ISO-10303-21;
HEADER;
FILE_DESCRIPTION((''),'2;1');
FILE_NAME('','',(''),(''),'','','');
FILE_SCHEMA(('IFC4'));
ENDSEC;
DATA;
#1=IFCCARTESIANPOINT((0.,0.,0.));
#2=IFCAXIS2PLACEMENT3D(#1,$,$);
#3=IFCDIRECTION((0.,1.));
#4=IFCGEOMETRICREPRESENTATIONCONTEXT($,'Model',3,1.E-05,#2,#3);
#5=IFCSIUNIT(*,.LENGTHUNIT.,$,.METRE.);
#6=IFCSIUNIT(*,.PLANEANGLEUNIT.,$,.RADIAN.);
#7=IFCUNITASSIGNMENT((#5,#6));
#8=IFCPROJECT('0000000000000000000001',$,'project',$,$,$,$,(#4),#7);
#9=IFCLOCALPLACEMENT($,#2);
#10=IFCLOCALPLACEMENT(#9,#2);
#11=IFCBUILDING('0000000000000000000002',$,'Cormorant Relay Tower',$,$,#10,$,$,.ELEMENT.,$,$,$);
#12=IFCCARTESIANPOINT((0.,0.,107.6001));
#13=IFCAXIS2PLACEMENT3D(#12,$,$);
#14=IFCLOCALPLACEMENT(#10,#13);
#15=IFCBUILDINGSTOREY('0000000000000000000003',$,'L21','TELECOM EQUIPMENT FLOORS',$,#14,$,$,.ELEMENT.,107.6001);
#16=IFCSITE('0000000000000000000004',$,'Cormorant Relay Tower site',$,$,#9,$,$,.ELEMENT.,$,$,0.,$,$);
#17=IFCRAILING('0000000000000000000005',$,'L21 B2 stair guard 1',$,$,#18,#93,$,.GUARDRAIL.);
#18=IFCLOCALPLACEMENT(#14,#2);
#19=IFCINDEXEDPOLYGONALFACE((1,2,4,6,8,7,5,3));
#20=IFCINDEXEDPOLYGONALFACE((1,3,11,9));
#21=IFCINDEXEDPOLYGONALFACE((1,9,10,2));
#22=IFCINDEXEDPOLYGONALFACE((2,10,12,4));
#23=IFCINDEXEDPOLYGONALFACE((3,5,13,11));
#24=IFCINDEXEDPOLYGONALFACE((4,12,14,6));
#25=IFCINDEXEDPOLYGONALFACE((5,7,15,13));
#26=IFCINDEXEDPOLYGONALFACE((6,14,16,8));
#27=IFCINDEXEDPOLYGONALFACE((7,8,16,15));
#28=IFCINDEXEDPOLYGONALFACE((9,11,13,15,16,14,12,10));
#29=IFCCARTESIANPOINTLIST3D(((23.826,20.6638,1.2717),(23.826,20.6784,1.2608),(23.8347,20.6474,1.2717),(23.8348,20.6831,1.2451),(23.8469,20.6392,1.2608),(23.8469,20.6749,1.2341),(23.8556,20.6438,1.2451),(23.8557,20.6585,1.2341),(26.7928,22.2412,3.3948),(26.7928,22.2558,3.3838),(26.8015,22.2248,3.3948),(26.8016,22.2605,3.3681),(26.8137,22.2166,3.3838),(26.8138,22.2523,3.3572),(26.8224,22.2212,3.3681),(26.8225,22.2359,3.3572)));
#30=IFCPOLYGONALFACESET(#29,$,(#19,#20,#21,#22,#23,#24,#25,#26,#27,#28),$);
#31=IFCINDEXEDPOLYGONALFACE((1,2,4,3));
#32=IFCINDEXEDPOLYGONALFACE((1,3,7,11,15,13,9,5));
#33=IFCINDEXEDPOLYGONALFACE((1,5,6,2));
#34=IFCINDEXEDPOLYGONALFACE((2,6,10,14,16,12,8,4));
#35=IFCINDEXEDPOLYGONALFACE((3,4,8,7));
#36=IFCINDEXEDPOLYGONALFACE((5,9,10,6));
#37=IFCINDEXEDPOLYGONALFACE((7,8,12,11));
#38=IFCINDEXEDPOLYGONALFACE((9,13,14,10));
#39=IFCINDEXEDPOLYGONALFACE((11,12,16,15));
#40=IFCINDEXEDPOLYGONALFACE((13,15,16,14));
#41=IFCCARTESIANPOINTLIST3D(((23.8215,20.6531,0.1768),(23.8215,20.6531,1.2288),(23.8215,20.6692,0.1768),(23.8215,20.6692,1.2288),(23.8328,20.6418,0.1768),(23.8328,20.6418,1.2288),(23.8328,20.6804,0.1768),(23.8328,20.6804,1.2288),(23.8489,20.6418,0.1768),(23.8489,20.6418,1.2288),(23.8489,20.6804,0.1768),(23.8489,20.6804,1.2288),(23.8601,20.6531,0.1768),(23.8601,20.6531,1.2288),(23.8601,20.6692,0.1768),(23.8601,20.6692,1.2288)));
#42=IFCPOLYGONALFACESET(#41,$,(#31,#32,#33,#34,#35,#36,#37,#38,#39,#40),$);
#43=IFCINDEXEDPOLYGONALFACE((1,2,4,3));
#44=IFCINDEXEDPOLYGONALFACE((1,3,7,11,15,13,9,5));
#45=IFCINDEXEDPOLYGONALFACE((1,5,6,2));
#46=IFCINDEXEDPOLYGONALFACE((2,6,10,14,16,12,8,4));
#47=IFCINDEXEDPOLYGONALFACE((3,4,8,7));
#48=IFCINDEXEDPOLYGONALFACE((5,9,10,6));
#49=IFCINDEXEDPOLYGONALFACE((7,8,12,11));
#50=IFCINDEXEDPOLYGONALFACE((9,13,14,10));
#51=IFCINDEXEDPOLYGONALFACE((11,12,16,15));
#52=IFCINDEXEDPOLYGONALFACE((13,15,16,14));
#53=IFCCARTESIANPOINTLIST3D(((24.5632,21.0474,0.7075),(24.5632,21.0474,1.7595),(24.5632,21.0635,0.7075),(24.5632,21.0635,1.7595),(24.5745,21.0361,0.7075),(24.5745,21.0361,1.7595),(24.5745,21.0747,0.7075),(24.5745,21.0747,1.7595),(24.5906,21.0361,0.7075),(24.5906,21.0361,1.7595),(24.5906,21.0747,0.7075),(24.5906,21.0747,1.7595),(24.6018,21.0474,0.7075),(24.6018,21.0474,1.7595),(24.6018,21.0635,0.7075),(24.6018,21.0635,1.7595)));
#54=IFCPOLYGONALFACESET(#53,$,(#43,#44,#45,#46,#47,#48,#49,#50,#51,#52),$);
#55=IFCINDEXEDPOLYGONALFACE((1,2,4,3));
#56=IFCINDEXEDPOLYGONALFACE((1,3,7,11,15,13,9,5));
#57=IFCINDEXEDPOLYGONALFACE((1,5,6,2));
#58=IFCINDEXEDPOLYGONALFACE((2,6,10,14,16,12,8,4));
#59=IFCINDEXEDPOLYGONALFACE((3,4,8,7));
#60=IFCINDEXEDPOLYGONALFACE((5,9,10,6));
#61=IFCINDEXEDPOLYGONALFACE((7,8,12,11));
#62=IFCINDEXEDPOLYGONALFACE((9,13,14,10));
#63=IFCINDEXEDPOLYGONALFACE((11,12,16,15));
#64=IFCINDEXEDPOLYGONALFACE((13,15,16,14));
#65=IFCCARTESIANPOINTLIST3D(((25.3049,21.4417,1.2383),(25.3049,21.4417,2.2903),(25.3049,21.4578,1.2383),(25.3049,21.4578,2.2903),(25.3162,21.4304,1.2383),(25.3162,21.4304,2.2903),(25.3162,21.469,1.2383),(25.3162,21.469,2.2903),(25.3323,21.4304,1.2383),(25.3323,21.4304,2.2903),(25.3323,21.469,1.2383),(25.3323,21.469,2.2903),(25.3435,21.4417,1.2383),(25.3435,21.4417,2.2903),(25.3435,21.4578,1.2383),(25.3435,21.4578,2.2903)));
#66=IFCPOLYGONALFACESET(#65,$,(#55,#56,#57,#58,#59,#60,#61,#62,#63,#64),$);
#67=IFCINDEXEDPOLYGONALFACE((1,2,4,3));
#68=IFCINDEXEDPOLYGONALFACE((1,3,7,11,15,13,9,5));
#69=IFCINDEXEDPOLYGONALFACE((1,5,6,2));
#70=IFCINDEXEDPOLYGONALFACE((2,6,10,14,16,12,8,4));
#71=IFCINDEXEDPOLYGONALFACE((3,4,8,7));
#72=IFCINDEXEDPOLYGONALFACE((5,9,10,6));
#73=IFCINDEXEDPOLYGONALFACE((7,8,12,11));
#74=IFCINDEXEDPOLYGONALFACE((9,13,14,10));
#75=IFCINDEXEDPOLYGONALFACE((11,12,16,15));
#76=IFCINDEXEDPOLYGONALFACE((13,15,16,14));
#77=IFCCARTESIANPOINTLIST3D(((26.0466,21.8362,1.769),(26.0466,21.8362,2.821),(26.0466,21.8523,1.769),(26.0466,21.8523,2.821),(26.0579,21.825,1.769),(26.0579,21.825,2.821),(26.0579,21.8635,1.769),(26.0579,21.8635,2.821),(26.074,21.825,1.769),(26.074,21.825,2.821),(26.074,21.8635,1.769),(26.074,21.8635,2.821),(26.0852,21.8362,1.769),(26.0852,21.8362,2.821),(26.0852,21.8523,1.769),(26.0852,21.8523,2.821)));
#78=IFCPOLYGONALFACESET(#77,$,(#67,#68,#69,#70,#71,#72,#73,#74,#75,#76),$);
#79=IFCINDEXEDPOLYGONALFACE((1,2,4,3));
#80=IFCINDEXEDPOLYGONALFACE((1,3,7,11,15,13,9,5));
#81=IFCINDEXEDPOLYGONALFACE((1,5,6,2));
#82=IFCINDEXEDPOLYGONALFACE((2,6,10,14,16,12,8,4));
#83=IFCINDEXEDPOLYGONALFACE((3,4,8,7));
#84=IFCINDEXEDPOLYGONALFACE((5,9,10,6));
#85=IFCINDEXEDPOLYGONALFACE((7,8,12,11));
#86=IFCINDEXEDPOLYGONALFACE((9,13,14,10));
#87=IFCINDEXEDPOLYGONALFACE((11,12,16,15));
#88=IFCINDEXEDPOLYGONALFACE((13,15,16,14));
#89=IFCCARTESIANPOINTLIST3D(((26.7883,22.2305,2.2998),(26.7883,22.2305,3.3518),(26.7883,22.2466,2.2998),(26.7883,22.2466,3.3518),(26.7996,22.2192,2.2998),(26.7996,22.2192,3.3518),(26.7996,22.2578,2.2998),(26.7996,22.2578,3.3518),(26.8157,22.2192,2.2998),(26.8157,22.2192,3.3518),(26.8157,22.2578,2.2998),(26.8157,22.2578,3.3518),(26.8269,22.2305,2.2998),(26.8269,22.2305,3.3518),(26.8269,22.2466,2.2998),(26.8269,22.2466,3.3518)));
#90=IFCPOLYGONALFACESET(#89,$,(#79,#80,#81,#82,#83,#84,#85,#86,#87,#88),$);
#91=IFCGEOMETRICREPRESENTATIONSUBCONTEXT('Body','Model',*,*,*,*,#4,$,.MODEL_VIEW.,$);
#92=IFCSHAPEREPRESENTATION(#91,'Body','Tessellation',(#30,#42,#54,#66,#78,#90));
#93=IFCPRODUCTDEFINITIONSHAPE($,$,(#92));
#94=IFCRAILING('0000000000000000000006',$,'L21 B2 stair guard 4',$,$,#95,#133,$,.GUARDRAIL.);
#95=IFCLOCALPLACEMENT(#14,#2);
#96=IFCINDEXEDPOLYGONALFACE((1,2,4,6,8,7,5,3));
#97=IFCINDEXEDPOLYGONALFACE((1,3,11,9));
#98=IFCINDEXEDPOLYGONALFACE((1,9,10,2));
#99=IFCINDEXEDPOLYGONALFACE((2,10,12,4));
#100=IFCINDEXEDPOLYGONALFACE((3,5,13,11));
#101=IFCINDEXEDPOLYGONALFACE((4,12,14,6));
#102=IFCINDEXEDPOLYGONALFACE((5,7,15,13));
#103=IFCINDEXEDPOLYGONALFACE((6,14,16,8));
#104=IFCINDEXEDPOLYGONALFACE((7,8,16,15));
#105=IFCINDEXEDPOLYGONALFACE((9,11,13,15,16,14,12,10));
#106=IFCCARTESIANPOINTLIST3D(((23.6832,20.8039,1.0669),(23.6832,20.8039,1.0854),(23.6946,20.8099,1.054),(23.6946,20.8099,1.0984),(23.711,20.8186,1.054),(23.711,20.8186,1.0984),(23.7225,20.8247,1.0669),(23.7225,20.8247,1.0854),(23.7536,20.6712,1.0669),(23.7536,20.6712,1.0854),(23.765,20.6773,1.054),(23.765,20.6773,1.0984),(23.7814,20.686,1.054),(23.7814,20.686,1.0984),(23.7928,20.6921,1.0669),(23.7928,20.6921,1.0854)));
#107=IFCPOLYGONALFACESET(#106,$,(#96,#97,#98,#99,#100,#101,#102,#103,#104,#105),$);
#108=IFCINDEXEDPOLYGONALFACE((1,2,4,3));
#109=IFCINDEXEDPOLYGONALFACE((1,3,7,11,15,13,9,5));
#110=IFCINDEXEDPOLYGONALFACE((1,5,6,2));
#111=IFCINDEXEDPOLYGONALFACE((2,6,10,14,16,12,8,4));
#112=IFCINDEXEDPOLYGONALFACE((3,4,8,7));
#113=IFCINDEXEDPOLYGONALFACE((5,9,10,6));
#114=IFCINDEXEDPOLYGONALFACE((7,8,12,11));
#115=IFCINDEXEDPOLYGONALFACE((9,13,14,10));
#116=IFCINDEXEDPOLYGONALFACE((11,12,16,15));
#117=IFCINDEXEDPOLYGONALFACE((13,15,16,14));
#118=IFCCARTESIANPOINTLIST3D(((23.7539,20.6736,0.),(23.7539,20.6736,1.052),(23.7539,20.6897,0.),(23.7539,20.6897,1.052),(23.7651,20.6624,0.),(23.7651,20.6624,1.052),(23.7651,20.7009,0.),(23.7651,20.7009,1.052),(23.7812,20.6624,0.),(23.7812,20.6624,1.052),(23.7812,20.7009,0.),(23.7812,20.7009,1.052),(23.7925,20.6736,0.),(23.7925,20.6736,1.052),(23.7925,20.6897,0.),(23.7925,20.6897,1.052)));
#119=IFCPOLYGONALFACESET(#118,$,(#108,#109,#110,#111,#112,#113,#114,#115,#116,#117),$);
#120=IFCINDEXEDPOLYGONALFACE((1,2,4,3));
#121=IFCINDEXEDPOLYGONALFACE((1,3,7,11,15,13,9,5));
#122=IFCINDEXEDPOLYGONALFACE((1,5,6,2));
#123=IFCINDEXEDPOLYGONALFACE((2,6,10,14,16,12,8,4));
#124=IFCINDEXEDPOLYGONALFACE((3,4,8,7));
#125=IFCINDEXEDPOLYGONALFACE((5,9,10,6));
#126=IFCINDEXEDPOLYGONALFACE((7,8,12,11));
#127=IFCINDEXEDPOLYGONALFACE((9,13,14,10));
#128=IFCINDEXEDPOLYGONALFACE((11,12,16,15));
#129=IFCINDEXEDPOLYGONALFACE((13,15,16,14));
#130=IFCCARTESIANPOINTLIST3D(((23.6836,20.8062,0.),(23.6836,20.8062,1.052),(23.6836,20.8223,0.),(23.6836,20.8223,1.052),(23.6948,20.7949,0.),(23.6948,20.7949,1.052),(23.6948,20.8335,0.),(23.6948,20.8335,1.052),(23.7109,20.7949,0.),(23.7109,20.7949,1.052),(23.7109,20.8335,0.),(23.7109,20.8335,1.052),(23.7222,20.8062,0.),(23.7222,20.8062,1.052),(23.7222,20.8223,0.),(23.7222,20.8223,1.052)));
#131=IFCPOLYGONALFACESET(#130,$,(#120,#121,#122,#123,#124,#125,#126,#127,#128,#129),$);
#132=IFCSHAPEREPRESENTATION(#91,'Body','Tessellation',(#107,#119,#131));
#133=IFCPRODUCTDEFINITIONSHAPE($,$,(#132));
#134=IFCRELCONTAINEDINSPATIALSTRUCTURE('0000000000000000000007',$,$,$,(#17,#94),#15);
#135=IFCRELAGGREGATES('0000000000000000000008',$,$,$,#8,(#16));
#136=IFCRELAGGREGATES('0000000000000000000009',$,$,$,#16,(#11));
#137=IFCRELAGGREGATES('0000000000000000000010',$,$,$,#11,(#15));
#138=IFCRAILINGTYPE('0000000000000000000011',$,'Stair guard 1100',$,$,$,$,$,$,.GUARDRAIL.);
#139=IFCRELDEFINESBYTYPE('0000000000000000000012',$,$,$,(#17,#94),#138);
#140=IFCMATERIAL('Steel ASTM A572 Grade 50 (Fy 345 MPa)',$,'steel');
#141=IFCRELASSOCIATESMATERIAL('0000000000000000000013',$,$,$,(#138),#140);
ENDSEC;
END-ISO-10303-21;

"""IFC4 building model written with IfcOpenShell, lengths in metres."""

from ifc_helpers import new_model, si_unit, direction, frame, origin, place, context, subcontext, project, spatial, polyline, outline, extrude, material, type_object, element, save


model = new_model("IFC4")

# Units and contexts
model_context = context("Model", 3, precision=1e-05, world=origin(), true_north=direction((0.0, 1.0)))
body_context = subcontext(model_context, "Body", "Model", "MODEL_VIEW")
ifc_project = project(units=[si_unit("LENGTHUNIT", "METRE"), si_unit("PLANEANGLEUNIT", "RADIAN")], contexts=[model_context])

# Site, building, storey
site_placement = place(None, origin())
site = spatial("IfcSite", under=ifc_project, at=site_placement, Name="Cormorant Relay Tower site", CompositionType="ELEMENT", RefElevation=0.0)
building_placement = place(site_placement, origin())
building = spatial("IfcBuilding", under=site, at=building_placement, Name="Cormorant Relay Tower", CompositionType="ELEMENT")
storey_placement = place(building_placement, frame((0.0, 0.0, 107.6001)))
storey = spatial("IfcBuildingStorey", under=building, at=storey_placement, Name="L21", Description="TELECOM EQUIPMENT FLOORS", CompositionType="ELEMENT", Elevation=107.6001)

# Railings
ifc_material_1 = material(Name="Steel ASTM A572 Grade 50 (Fy 345 MPa)", Category="steel")
railing_type_1 = type_object("IfcRailingType", Name="Stair guard 1100", PredefinedType="GUARDRAIL", material=ifc_material_1)
railing_1_placement = place(storey_placement, frame((23.8408, 20.6611, 0.1768)))
element("IfcRailing", 1, at=railing_1_placement, inside=storey, type_object=railing_type_1, Name="L21 B2 stair guard 1", PredefinedType="GUARDRAIL", context=body_context, shape_type="SweptSolid", body=[
    extrude(outline(polyline([(0.0222, 0.0093), (0.0093, 0.0222), (-0.0093, 0.0222), (-0.0222, 0.0093), (-0.0222, -0.0093), (-0.0093, -0.0222), (0.0093, -0.0222), (0.0222, -0.0093), (0.0222, 0.0093)])), frame((0.0, 0.0, 1.0762), z_axis=(0.746441, 0.396869, 0.534155), x_axis=(-0.469453, 0.882958, 0.0)), (0.0, 0.0, 1.0), 3.9746),
    extrude(outline(polyline([(0.0193, 0.0081), (0.0081, 0.0193), (-0.0081, 0.0193), (-0.0193, 0.0081), (-0.0193, -0.0081), (-0.0081, -0.0193), (0.0081, -0.0193), (0.0193, -0.0081), (0.0193, 0.0081)])), origin(), (0.0, 0.0, 1.0), 1.052),
    extrude(outline(polyline([(0.0193, 0.0081), (0.0081, 0.0193), (-0.0081, 0.0193), (-0.0193, 0.0081), (-0.0193, -0.0081), (-0.0081, -0.0193), (0.0081, -0.0193), (0.0193, -0.0081), (0.0193, 0.0081)])), frame((0.7417, 0.3943, 0.5308)), (0.0, 0.0, 1.0), 1.052),
    extrude(outline(polyline([(0.0193, 0.0081), (0.0081, 0.0193), (-0.0081, 0.0193), (-0.0193, 0.0081), (-0.0193, -0.0081), (-0.0081, -0.0193), (0.0081, -0.0193), (0.0193, -0.0081), (0.0193, 0.0081)])), frame((1.4834, 0.7886, 1.0615)), (0.0, 0.0, 1.0), 1.052),
    extrude(outline(polyline([(0.0193, 0.0081), (0.0081, 0.0193), (-0.0081, 0.0193), (-0.0193, 0.0081), (-0.0193, -0.0081), (-0.0081, -0.0193), (0.0081, -0.0193), (0.0193, -0.0081), (0.0193, 0.0081)])), frame((2.2251, 1.1831, 1.5923)), (0.0, 0.0, 1.0), 1.052),
    extrude(outline(polyline([(0.0193, 0.0081), (0.0081, 0.0193), (-0.0081, 0.0193), (-0.0193, 0.0081), (-0.0193, -0.0081), (-0.0081, -0.0193), (0.0081, -0.0193), (0.0193, -0.0081), (0.0193, 0.0081)])), frame((2.9668, 1.5774, 2.123)), (0.0, 0.0, 1.0), 1.052),
])
railing_2_placement = place(storey_placement, frame((23.7732, 20.6816, 0.0)))
element("IfcRailing", 2, at=railing_2_placement, inside=storey, type_object=railing_type_1, Name="L21 B2 stair guard 4", PredefinedType="GUARDRAIL", context=body_context, shape_type="SweptSolid", body=[
    extrude(outline(polyline([(0.0222, 0.0093), (0.0093, 0.0222), (-0.0093, 0.0222), (-0.0222, 0.0093), (-0.0222, -0.0093), (-0.0093, -0.0222), (0.0093, -0.0222), (0.0222, -0.0093), (0.0222, 0.0093)])), frame((0.0, 0.0, 1.0762), z_axis=(-0.46856, 0.883431, 0.0), x_axis=(-0.883431, -0.46856, 0.0)), (0.0, 0.0, 1.0), 0.1501),
    extrude(outline(polyline([(0.0193, 0.0081), (0.0081, 0.0193), (-0.0081, 0.0193), (-0.0193, 0.0081), (-0.0193, -0.0081), (-0.0081, -0.0193), (0.0081, -0.0193), (0.0193, -0.0081), (0.0193, 0.0081)])), origin(), (0.0, 0.0, 1.0), 1.052),
    extrude(outline(polyline([(0.0193, 0.0081), (0.0081, 0.0193), (-0.0081, 0.0193), (-0.0193, 0.0081), (-0.0193, -0.0081), (-0.0081, -0.0193), (0.0081, -0.0193), (0.0193, -0.0081), (0.0193, 0.0081)])), frame((-0.0703, 0.1326, 0.0)), (0.0, 0.0, 1.0), 1.052),
])

save(model, "model.ifc")
